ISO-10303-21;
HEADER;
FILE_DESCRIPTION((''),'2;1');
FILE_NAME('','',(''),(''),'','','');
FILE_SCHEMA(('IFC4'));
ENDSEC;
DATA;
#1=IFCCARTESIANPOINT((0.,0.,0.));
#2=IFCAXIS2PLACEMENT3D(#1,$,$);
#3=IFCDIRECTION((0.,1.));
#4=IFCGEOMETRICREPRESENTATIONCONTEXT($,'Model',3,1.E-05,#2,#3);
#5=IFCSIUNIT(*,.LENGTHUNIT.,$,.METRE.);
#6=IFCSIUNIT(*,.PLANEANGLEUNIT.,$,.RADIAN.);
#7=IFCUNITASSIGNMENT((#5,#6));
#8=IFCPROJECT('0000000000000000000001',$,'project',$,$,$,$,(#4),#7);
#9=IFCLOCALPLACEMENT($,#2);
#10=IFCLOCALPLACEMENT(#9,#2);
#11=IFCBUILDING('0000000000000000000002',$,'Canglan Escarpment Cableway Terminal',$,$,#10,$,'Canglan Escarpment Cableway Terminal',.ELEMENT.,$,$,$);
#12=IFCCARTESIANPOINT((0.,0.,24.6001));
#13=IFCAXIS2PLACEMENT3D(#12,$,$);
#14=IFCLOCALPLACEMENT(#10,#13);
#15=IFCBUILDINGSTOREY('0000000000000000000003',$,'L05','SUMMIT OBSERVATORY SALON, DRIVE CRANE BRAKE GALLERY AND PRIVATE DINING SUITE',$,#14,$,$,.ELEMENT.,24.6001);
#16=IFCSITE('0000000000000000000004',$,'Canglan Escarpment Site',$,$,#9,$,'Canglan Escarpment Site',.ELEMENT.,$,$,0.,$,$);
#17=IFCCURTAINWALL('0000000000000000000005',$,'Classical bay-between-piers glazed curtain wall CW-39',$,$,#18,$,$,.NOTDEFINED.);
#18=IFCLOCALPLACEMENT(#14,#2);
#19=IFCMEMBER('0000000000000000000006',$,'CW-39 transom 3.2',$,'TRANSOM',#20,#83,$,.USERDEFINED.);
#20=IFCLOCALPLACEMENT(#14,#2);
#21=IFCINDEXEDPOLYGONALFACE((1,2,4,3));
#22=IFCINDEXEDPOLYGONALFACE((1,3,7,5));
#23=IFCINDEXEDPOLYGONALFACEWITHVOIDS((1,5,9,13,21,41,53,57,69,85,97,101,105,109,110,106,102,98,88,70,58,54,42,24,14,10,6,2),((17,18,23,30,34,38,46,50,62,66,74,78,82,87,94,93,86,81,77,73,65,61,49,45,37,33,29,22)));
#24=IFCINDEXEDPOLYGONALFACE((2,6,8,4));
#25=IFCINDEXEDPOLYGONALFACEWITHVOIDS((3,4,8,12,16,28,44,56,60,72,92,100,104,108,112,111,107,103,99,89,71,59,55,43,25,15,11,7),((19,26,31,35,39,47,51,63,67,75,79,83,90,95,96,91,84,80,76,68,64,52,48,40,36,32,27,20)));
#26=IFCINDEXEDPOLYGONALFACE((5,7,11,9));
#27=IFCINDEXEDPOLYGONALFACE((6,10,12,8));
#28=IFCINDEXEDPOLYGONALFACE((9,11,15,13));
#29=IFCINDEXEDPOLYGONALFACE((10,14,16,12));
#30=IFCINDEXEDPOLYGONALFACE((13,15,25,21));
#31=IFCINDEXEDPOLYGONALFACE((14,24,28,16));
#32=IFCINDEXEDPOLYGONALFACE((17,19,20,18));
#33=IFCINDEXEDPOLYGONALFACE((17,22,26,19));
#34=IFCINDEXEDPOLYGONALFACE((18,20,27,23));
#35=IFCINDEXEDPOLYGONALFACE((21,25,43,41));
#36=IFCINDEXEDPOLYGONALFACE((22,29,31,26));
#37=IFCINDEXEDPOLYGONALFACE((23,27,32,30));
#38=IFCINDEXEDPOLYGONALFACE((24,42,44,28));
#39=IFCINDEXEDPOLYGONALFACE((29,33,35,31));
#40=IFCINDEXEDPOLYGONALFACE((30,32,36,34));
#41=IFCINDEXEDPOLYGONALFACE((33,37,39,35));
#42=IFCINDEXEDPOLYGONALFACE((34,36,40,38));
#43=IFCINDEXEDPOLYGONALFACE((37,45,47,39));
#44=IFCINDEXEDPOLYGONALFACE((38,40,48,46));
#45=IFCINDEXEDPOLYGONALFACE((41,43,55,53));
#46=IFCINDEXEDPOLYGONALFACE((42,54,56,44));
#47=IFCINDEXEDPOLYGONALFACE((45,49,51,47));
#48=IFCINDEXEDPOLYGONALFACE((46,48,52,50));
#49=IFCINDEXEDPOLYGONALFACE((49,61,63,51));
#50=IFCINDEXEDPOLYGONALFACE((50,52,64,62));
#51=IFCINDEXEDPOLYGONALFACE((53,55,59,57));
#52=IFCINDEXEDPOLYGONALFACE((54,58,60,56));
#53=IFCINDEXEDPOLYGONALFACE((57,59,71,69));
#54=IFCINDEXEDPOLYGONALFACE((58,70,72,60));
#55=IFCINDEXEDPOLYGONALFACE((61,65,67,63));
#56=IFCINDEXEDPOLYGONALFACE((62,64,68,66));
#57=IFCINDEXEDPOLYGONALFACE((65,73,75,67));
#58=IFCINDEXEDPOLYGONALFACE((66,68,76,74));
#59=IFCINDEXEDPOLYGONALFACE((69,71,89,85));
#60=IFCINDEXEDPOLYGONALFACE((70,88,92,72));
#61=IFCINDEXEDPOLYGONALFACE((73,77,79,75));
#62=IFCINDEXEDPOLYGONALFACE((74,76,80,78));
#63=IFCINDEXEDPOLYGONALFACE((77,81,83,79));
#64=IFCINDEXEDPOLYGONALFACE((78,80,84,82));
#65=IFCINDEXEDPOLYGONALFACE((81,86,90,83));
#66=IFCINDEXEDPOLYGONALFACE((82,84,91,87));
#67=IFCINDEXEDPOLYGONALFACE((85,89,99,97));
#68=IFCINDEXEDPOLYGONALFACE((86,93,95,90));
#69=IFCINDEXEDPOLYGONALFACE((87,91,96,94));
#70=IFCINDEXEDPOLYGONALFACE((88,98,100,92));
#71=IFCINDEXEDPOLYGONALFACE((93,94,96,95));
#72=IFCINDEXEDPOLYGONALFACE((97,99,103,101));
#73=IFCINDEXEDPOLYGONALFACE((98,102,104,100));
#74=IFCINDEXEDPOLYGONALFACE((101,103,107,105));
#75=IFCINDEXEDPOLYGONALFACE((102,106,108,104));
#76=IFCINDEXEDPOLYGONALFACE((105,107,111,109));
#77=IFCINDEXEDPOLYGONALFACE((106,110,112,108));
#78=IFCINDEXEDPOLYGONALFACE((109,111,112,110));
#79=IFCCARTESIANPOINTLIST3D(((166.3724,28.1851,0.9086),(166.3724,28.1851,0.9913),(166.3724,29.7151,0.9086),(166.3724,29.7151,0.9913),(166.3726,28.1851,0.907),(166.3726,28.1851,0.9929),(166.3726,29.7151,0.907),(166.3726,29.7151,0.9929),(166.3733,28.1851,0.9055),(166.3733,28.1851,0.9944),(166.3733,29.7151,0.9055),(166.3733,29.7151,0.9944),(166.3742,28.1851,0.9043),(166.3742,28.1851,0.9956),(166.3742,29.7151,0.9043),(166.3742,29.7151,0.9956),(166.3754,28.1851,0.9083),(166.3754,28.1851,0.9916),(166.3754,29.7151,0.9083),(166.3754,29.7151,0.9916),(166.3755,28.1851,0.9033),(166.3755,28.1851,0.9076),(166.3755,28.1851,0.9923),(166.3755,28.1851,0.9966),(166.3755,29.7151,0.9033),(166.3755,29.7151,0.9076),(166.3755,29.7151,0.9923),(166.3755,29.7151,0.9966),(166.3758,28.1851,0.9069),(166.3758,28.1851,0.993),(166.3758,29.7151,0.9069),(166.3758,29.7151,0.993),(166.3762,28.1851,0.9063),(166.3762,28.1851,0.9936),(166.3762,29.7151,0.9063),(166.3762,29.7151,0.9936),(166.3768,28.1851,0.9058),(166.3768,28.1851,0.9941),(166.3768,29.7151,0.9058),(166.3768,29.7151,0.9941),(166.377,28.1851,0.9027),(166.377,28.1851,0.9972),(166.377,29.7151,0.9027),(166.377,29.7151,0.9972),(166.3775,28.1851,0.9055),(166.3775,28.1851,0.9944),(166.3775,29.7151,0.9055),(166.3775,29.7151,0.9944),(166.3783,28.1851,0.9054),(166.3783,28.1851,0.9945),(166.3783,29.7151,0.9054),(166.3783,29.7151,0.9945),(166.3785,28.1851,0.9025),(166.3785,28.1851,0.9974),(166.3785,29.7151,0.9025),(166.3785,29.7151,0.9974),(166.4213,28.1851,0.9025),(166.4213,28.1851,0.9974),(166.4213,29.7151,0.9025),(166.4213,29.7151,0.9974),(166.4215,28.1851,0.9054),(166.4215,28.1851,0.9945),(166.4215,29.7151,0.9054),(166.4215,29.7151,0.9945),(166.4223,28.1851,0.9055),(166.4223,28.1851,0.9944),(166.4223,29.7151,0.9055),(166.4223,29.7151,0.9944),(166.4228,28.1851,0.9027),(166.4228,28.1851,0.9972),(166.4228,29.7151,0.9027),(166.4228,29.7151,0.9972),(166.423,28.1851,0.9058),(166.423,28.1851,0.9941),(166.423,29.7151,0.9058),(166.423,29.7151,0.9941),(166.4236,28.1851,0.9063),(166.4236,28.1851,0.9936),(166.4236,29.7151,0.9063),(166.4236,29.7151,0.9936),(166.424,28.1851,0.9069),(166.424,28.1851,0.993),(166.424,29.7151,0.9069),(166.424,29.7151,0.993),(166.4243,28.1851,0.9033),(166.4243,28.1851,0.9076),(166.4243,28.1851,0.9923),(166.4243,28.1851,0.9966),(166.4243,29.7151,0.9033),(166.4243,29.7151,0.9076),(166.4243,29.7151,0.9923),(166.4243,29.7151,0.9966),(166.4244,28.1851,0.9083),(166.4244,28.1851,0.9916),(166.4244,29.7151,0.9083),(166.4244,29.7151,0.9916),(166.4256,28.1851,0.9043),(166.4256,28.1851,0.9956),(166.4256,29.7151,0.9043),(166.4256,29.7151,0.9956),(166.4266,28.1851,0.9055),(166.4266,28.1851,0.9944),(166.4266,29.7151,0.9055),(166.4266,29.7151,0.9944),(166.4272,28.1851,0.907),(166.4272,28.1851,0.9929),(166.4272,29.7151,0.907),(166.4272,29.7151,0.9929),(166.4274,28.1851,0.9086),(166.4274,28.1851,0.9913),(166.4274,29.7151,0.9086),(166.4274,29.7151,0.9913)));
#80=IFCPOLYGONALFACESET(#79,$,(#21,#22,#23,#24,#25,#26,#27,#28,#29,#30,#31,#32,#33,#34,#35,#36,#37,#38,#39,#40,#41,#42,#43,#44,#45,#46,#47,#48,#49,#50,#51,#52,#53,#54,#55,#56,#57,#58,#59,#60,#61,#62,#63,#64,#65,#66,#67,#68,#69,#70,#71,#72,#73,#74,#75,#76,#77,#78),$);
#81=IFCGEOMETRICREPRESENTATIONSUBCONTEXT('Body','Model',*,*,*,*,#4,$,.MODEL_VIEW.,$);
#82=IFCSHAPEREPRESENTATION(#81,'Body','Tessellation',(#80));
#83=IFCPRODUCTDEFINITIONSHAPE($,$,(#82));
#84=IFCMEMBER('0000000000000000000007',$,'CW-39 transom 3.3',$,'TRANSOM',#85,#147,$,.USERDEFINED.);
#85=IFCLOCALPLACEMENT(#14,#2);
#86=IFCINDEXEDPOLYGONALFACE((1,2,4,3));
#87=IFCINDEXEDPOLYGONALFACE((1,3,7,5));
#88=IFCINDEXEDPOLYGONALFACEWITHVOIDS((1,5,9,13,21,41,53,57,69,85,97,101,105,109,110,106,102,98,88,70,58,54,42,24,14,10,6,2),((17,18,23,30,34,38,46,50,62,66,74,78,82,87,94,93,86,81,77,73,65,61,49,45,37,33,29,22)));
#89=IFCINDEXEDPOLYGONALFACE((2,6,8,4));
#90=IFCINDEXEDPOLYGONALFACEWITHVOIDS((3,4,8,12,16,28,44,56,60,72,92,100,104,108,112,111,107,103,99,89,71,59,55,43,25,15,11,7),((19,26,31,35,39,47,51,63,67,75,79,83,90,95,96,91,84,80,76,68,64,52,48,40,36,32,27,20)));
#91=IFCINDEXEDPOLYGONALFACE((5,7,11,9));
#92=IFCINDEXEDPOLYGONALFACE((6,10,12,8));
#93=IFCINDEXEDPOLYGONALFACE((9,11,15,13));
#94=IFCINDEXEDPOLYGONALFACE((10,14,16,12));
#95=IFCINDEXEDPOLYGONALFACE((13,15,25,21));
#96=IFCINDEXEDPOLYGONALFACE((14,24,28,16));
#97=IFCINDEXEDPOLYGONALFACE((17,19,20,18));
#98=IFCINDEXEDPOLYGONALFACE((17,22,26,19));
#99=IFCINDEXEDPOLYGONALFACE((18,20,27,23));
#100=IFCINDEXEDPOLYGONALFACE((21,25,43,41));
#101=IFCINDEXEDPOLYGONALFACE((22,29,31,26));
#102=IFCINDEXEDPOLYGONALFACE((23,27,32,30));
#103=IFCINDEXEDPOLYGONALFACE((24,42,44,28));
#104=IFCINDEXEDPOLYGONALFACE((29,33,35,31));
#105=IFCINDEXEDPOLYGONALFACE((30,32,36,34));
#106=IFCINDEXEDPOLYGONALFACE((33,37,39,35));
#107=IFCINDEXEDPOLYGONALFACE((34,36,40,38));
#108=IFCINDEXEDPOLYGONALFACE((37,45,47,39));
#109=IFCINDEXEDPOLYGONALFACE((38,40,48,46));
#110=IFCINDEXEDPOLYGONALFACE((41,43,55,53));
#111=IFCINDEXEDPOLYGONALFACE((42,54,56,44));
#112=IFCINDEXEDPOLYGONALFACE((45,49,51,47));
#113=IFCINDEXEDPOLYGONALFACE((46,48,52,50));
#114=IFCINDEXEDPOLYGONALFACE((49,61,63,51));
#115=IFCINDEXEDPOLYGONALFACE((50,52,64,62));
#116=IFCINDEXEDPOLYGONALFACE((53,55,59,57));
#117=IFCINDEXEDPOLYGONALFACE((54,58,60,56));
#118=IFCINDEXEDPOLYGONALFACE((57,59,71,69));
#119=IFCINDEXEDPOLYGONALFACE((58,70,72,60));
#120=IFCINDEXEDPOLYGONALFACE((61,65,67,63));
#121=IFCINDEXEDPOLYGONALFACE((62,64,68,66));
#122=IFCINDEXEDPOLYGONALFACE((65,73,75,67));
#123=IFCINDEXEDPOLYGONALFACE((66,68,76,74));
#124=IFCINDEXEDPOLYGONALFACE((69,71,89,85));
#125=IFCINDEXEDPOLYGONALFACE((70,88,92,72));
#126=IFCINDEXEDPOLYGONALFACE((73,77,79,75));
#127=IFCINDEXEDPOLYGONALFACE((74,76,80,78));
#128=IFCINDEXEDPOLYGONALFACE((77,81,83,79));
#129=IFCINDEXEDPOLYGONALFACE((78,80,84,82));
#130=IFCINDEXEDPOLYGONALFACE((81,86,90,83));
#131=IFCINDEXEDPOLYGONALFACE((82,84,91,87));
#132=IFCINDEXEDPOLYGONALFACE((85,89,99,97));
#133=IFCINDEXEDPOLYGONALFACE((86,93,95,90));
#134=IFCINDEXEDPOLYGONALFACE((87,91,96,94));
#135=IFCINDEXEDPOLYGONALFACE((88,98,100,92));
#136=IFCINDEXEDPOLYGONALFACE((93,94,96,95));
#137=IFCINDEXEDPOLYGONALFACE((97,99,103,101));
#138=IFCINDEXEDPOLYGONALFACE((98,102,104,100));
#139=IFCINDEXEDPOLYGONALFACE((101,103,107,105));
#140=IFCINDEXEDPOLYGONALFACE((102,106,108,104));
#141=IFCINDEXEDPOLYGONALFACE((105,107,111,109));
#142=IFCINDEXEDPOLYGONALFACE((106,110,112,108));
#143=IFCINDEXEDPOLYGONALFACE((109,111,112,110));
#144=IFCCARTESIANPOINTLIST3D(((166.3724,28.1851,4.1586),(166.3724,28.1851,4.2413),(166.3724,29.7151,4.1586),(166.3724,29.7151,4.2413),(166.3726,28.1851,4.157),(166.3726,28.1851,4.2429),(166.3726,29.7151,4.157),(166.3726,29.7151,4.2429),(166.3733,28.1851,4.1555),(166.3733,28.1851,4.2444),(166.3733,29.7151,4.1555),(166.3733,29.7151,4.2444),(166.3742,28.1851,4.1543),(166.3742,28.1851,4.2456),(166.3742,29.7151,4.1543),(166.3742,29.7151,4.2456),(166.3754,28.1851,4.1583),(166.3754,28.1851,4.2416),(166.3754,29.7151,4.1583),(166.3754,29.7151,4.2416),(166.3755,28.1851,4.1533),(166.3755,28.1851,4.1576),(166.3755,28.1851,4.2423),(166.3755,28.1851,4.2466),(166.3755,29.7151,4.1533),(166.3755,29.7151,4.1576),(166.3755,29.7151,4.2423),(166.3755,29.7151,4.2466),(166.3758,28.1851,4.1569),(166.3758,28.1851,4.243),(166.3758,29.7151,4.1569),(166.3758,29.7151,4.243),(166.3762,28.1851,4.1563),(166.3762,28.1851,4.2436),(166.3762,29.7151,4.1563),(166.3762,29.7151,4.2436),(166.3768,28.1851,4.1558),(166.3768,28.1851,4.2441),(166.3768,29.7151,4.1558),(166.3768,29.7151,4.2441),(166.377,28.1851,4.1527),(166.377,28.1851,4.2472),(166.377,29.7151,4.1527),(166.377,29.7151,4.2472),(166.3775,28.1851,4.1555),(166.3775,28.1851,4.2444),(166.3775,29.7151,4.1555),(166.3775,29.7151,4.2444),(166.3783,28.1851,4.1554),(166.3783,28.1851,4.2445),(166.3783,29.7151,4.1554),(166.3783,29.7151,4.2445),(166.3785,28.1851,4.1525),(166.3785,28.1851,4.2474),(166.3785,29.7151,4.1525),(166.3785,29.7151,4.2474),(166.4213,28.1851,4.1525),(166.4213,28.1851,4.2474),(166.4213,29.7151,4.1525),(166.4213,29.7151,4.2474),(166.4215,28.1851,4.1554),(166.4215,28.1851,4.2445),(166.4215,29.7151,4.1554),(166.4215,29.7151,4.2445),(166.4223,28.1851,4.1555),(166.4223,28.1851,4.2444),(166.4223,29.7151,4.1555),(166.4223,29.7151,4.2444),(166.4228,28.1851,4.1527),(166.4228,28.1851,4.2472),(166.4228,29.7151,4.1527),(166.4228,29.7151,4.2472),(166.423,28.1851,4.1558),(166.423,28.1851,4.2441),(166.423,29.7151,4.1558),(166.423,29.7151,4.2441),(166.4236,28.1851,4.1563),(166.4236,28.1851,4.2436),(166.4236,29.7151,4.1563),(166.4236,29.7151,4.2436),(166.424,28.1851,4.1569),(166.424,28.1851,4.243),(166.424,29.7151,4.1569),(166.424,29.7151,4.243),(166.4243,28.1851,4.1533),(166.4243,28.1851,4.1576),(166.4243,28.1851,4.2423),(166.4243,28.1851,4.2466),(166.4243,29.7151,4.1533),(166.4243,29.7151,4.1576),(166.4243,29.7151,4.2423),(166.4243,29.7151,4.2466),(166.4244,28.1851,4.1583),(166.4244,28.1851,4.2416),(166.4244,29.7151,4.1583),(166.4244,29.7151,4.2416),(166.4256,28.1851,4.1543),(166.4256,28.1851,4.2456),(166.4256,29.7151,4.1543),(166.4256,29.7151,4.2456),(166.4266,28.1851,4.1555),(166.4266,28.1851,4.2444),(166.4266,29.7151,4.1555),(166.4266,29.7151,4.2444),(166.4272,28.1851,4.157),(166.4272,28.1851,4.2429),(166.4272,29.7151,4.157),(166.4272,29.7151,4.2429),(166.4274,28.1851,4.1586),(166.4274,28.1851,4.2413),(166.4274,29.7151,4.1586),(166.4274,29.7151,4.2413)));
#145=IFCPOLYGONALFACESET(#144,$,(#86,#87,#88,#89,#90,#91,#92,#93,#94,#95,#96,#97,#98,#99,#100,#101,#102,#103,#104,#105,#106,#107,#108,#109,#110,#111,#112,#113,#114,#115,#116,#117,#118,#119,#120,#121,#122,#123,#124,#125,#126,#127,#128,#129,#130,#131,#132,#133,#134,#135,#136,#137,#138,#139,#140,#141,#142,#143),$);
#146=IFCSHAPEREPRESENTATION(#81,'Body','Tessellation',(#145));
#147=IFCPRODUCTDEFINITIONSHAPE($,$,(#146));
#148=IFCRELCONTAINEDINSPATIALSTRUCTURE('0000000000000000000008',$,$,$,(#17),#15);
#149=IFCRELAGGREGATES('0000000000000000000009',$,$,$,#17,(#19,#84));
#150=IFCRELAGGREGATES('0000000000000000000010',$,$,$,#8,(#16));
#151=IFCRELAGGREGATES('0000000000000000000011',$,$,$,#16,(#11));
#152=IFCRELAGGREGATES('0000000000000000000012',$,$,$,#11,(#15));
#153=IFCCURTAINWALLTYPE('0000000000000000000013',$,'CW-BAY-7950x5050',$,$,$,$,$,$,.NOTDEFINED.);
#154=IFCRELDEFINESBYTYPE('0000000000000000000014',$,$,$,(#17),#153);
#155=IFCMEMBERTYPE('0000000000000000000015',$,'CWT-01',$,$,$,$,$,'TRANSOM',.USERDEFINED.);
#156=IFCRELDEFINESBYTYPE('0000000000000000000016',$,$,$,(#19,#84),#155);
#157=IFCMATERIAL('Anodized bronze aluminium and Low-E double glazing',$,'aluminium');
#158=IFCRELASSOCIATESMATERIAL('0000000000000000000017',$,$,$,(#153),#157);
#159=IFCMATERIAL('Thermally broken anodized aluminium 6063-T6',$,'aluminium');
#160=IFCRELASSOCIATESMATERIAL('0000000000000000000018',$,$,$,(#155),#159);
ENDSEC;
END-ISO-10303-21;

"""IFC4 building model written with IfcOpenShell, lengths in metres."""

from ifc_helpers import new_model, si_unit, direction, frame, origin, origin_2d, place, context, subcontext, project, spatial, hollow_rectangle, extrude, material, material_profile, profile_set, type_object, element, aggregate, save


model = new_model("IFC4")

# Units and contexts
model_context = context("Model", 3, precision=1e-05, world=origin(), true_north=direction((0.0, 1.0)))
body_context = subcontext(model_context, "Body", "Model", "MODEL_VIEW")
ifc_project = project(units=[si_unit("LENGTHUNIT", "METRE"), si_unit("PLANEANGLEUNIT", "RADIAN")], contexts=[model_context])

# Site, building, storey
site_placement = place(None, origin())
site = spatial("IfcSite", under=ifc_project, at=site_placement, Name="Canglan Escarpment Site", LongName="Canglan Escarpment Site", CompositionType="ELEMENT", RefElevation=0.0)
building_placement = place(site_placement, origin())
building = spatial("IfcBuilding", under=site, at=building_placement, Name="Canglan Escarpment Cableway Terminal", LongName="Canglan Escarpment Cableway Terminal", CompositionType="ELEMENT")
storey_placement = place(building_placement, frame((0.0, 0.0, 24.6001)))
storey = spatial("IfcBuildingStorey", under=building, at=storey_placement, Name="L05", Description="SUMMIT OBSERVATORY SALON, DRIVE CRANE BRAKE GALLERY AND PRIVATE DINING SUITE", CompositionType="ELEMENT", Elevation=24.6001)

# Curtain wall, members
ifc_material_1 = material(Name="Anodized bronze aluminium and Low-E double glazing", Category="aluminium")
curtain_wall_type = type_object("IfcCurtainWallType", Name="CW-BAY-7950x5050", PredefinedType="NOTDEFINED", material=ifc_material_1)
curtain_wall_placement = place(storey_placement, origin())
curtain_wall = element("IfcCurtainWall", 1, at=curtain_wall_placement, inside=storey, type_object=curtain_wall_type, Name="Classical bay-between-piers glazed curtain wall CW-39", PredefinedType="NOTDEFINED")
ifc_material_2 = material(Name="Thermally broken anodized aluminium 6063-T6", Category="aluminium")
ifc_material_profile_1 = material_profile(ifc_material_2, hollow_rectangle(XDim=0.0549, YDim=0.095, WallThickness=0.0029, InnerFilletRadius=0.0029, OuterFilletRadius=0.0061, at=origin_2d()), Name="ALU-TRAN 55x95x3")
ifc_profile_set_1 = profile_set([ifc_material_profile_1], Name="Thermally broken anodized aluminium 6063-T6")
member_type_1 = type_object("IfcMemberType", Name="CWT-01", ElementType="TRANSOM", PredefinedType="USERDEFINED", material=ifc_profile_set_1)
member_1_placement = place(storey_placement, frame((166.3999, 28.1851, 0.95), z_axis=(0.0, 1.0, 0.0), x_axis=(-1.0, 0.0, 0.0)))
member_1 = element("IfcMember", 2, at=member_1_placement, type_object=member_type_1, Name="CW-39 transom 3.2", ObjectType="TRANSOM", PredefinedType="USERDEFINED", context=body_context, shape_type="SweptSolid", body=[
    extrude(hollow_rectangle(XDim=0.0549, YDim=0.095, WallThickness=0.0029, InnerFilletRadius=0.0029, OuterFilletRadius=0.0061, at=origin_2d()), origin(), (0.0, 0.0, 1.0), 1.53),
])
member_2_placement = place(storey_placement, frame((166.3999, 28.1851, 4.2), z_axis=(0.0, 1.0, 0.0), x_axis=(-1.0, 0.0, 0.0)))
member_2 = element("IfcMember", 3, at=member_2_placement, type_object=member_type_1, Name="CW-39 transom 3.3", ObjectType="TRANSOM", PredefinedType="USERDEFINED", context=body_context, shape_type="SweptSolid", body=[
    extrude(hollow_rectangle(XDim=0.0549, YDim=0.095, WallThickness=0.0029, InnerFilletRadius=0.0029, OuterFilletRadius=0.0061, at=origin_2d()), origin(), (0.0, 0.0, 1.0), 1.53),
])
aggregate(curtain_wall, [member_1, member_2])

save(model, "model.ifc")
